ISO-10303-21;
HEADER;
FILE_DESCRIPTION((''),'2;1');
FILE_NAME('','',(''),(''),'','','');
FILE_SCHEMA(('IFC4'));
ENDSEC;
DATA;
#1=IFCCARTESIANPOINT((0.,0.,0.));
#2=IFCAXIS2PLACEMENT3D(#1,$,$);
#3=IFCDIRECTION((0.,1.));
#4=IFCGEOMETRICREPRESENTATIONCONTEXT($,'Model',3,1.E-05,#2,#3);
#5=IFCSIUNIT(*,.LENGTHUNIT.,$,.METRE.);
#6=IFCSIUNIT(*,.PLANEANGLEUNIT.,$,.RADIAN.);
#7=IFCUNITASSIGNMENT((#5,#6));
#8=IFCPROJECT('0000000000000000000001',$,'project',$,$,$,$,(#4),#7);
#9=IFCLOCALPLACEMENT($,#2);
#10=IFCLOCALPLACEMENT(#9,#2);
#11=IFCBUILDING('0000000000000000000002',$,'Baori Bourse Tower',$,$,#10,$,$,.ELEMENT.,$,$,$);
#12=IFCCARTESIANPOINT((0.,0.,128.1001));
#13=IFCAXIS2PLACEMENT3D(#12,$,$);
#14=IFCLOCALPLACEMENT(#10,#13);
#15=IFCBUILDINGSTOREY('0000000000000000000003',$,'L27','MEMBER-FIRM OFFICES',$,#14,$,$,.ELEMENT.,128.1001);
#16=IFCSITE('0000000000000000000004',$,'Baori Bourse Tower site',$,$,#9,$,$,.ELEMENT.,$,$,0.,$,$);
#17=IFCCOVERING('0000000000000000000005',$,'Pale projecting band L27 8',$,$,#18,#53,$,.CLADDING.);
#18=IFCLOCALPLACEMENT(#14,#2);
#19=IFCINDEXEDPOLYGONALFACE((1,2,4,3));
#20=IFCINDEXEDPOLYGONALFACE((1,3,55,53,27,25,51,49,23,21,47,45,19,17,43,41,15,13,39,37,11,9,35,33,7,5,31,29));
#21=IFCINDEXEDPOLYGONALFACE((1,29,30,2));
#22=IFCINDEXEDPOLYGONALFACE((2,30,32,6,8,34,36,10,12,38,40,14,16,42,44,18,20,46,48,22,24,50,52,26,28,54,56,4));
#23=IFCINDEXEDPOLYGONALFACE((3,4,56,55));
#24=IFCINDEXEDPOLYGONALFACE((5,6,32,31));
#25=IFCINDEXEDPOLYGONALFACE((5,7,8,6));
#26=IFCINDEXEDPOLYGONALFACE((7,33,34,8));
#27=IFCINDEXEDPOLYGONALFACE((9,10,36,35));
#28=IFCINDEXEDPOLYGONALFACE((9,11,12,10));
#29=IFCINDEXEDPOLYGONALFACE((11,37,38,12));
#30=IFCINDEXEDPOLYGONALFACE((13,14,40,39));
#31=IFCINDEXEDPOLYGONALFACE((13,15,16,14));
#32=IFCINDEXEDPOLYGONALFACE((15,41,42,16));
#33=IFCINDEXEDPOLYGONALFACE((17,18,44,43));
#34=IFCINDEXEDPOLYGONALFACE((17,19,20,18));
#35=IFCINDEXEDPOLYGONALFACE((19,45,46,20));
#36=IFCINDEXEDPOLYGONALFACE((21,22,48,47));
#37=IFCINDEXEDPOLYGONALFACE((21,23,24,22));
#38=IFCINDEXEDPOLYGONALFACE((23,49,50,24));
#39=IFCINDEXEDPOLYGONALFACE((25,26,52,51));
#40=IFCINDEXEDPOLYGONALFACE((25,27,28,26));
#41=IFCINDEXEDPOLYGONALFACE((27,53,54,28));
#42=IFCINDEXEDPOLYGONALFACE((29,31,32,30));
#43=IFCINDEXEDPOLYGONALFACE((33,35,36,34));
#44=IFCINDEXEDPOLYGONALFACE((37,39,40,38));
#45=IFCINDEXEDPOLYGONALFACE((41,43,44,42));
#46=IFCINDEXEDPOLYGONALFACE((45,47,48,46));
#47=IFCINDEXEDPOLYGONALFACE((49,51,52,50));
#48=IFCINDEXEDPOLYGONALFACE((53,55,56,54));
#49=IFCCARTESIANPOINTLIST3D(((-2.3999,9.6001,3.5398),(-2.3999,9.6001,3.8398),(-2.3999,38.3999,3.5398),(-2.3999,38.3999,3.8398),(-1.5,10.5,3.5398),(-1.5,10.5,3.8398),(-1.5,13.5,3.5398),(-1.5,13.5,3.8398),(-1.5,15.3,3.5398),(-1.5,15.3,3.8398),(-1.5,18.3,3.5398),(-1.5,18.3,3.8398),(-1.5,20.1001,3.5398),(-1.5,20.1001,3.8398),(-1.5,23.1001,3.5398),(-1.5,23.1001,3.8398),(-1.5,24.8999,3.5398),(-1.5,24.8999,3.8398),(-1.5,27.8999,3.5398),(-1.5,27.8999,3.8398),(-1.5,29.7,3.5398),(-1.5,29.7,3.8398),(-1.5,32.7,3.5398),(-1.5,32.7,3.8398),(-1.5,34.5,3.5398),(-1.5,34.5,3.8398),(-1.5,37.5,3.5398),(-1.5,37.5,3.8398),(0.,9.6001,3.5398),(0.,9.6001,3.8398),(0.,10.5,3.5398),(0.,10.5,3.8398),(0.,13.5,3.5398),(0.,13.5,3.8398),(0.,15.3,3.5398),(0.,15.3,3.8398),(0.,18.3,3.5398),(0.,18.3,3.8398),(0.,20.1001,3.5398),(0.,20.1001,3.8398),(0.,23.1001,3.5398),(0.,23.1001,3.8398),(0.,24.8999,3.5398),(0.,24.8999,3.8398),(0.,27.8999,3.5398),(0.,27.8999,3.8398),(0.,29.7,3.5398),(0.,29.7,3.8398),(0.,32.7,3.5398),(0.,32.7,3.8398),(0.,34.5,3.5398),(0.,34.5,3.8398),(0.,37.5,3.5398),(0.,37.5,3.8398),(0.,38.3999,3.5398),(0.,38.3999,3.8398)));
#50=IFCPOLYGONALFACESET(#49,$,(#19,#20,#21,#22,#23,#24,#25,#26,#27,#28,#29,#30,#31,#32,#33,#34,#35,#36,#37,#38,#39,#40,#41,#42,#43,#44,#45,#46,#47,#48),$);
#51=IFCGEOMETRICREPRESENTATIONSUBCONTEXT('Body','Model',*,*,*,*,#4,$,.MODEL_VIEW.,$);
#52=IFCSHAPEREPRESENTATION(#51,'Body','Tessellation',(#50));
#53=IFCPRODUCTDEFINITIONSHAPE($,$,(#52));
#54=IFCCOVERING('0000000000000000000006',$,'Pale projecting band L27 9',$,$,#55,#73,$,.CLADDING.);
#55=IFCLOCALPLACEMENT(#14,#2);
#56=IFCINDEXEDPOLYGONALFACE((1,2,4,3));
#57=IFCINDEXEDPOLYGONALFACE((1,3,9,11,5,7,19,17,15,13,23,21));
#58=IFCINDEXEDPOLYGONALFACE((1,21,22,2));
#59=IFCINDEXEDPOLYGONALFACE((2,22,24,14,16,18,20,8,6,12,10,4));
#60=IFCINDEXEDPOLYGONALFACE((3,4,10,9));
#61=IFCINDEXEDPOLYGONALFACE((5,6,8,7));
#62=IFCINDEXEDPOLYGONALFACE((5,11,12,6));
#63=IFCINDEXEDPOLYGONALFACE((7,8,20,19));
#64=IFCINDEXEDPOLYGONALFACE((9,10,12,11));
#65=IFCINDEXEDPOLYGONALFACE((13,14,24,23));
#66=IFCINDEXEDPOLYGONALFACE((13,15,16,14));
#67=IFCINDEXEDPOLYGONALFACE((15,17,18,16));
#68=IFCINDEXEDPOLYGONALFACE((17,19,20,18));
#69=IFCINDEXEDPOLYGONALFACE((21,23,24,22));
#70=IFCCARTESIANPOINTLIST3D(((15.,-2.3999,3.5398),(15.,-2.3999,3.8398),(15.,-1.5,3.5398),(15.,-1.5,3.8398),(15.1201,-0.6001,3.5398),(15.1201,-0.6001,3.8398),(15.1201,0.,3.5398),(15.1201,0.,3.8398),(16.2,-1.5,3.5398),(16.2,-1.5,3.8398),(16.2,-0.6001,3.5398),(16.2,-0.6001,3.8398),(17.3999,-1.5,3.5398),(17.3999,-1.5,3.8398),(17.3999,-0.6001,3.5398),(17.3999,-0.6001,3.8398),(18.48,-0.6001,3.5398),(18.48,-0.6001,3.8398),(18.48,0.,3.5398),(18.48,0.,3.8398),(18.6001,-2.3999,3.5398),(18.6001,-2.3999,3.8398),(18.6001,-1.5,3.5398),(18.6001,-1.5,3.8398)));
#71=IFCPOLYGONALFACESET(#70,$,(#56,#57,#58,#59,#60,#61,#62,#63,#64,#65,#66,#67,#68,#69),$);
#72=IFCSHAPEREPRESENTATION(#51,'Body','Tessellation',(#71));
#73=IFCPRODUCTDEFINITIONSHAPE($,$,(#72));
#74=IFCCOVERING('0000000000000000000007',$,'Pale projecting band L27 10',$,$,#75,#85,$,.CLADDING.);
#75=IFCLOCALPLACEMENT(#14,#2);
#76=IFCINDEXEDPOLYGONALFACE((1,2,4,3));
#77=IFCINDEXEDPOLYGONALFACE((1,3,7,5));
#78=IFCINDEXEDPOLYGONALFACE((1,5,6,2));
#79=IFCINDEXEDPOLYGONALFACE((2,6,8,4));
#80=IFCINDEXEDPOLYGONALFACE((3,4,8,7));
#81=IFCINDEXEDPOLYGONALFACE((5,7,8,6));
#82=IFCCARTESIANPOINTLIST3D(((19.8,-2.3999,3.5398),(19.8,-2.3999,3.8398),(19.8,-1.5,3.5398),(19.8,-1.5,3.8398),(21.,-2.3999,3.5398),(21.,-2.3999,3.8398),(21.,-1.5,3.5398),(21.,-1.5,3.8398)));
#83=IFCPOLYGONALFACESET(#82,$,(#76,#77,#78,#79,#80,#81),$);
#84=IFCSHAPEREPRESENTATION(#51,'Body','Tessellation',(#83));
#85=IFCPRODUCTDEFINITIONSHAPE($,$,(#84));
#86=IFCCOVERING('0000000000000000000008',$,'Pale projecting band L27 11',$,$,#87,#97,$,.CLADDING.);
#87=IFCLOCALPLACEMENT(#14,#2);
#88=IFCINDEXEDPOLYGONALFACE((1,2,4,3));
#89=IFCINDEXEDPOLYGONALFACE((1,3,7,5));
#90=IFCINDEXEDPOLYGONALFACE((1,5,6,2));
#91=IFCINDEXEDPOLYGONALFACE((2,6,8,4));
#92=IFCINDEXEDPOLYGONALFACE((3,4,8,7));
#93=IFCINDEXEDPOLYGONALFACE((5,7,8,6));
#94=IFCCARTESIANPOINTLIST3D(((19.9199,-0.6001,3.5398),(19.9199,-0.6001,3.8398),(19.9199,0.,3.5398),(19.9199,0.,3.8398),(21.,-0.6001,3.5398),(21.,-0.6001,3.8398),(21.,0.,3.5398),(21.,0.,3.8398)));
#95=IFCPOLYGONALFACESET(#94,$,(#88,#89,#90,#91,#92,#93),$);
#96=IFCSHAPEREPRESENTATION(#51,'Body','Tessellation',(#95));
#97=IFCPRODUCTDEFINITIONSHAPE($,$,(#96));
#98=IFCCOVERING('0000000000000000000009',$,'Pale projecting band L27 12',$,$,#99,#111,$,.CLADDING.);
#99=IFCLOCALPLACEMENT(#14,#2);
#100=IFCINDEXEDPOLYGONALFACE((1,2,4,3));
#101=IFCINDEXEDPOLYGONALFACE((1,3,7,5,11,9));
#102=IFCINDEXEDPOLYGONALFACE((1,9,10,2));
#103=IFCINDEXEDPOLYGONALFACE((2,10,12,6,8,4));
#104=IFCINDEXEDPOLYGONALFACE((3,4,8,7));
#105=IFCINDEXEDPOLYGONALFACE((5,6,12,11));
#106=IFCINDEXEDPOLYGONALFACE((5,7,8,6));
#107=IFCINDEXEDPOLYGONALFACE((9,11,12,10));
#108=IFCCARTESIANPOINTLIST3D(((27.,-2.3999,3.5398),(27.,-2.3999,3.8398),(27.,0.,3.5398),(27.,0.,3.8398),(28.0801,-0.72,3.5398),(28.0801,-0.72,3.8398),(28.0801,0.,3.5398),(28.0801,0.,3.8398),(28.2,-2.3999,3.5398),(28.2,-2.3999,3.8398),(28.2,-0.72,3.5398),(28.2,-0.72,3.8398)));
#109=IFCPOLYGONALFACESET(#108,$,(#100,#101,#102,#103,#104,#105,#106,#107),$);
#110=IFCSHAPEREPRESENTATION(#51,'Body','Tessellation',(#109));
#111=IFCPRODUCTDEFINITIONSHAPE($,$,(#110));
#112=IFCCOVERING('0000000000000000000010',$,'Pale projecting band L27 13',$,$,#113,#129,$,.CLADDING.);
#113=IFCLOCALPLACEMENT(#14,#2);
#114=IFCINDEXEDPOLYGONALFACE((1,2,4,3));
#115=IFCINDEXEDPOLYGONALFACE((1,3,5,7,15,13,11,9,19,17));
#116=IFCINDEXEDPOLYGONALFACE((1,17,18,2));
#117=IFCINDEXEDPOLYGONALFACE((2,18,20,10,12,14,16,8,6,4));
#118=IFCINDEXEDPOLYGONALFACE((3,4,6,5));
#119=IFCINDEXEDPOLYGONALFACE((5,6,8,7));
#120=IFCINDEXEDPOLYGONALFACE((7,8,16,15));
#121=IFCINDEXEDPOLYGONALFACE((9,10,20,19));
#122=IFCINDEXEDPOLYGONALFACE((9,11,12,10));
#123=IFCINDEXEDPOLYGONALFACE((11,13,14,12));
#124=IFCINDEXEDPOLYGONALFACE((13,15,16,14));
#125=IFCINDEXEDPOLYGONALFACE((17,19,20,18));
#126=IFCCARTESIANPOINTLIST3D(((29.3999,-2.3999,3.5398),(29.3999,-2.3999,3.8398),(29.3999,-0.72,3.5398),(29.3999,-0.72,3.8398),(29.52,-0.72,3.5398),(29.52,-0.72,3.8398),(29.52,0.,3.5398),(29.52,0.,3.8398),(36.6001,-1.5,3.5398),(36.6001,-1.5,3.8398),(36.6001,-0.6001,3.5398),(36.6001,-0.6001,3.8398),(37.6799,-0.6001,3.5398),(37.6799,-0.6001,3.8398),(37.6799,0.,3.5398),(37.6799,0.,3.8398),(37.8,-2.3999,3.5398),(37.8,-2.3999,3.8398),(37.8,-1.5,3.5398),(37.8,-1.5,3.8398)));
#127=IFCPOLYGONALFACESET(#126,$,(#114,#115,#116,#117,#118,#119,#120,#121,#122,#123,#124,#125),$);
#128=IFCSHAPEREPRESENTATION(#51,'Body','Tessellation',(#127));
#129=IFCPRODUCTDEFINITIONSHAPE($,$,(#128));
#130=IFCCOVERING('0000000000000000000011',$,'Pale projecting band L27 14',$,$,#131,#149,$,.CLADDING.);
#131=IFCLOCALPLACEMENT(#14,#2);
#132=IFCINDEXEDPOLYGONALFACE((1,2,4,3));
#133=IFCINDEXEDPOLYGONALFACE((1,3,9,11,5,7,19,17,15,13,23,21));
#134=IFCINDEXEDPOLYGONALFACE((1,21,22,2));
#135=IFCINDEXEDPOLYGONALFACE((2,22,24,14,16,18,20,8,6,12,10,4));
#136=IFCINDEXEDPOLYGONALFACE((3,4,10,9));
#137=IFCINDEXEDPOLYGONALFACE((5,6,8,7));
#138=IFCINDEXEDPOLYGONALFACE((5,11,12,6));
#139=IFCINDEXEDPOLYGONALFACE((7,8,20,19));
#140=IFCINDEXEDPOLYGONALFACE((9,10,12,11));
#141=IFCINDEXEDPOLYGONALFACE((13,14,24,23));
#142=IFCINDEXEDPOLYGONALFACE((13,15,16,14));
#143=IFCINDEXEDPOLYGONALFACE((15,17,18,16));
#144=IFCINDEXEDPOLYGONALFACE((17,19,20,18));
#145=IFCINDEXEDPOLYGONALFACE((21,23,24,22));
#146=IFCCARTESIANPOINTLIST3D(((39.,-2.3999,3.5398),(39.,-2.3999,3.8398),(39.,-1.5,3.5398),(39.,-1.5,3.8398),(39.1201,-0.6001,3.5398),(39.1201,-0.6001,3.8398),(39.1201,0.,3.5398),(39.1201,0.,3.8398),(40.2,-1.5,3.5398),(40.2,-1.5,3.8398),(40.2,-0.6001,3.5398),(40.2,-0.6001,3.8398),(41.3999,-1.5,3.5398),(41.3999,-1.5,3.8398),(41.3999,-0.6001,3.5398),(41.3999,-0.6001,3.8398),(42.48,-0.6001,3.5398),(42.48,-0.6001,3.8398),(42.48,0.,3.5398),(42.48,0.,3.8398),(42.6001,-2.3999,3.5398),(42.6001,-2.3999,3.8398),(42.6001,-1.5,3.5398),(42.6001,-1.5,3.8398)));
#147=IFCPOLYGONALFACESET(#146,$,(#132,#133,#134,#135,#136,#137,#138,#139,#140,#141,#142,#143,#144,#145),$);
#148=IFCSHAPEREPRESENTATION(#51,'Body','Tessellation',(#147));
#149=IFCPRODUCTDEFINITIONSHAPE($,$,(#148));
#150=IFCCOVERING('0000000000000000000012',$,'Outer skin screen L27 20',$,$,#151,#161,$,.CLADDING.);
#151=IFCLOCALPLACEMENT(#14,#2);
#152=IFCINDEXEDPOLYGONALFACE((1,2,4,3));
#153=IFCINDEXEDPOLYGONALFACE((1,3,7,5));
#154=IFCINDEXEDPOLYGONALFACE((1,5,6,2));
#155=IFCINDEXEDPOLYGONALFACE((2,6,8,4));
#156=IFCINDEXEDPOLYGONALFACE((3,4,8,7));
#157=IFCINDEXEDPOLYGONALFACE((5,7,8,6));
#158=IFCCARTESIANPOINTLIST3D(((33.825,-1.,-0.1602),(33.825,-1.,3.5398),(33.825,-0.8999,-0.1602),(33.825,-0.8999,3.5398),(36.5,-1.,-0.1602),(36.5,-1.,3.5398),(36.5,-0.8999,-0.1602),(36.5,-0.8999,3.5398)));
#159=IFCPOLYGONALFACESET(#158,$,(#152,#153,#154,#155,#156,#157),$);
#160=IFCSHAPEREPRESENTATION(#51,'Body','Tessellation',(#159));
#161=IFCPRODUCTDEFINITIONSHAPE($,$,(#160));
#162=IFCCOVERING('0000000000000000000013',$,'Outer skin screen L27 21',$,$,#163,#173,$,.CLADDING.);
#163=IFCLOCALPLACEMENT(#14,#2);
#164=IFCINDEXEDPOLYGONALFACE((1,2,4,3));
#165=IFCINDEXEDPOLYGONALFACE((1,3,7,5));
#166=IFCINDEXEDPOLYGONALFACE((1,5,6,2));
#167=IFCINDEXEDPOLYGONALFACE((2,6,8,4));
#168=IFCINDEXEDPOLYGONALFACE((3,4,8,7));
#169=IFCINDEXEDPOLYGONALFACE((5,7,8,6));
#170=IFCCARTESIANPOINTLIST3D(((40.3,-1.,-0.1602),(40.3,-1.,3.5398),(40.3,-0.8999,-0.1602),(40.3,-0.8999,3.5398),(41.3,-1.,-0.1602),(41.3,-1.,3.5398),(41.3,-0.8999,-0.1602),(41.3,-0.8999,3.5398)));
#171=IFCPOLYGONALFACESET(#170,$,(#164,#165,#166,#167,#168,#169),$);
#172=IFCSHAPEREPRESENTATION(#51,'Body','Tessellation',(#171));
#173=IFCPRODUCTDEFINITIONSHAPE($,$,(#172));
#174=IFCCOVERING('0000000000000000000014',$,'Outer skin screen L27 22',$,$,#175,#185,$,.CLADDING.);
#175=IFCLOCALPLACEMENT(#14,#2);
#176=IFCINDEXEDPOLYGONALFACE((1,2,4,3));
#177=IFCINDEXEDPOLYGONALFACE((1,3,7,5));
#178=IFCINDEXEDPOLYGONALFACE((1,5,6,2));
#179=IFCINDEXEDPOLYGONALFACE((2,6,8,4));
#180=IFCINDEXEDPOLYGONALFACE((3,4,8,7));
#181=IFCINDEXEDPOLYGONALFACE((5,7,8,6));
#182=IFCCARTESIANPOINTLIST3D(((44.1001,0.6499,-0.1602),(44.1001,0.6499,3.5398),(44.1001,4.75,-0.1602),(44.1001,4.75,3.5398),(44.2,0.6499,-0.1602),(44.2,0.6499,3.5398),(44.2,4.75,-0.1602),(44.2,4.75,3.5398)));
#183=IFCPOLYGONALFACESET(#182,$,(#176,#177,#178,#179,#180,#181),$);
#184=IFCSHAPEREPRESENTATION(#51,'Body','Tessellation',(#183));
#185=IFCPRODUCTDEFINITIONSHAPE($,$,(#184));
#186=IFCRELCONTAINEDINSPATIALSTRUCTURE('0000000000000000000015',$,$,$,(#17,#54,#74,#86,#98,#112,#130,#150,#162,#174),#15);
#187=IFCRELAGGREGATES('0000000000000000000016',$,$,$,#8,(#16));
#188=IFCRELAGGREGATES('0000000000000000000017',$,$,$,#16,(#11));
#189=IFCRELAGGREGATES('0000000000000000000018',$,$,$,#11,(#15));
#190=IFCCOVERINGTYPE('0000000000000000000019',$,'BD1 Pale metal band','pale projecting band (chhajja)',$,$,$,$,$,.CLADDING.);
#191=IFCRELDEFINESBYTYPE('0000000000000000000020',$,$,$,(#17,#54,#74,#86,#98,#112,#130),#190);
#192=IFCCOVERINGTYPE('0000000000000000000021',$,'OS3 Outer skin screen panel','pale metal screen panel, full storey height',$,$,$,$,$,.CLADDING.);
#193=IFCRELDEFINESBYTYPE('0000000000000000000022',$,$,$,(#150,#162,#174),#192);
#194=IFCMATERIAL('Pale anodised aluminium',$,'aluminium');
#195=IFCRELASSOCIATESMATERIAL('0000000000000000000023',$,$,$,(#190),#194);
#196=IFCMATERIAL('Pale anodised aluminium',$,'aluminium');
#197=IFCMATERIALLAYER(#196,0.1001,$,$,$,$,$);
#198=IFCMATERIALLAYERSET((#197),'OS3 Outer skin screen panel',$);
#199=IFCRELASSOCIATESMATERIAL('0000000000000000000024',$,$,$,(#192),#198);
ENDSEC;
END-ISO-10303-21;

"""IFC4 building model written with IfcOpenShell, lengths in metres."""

from ifc_helpers import new_model, si_unit, direction, frame, origin, place, context, subcontext, project, spatial, polyline, outline, extrude, material, layer, layer_set, type_object, element, save


model = new_model("IFC4")

# Units and contexts
model_context = context("Model", 3, precision=1e-05, world=origin(), true_north=direction((0.0, 1.0)))
body_context = subcontext(model_context, "Body", "Model", "MODEL_VIEW")
ifc_project = project(units=[si_unit("LENGTHUNIT", "METRE"), si_unit("PLANEANGLEUNIT", "RADIAN")], contexts=[model_context])

# Site, building, storey
site_placement = place(None, origin())
site = spatial("IfcSite", under=ifc_project, at=site_placement, Name="Baori Bourse Tower site", CompositionType="ELEMENT", RefElevation=0.0)
building_placement = place(site_placement, origin())
building = spatial("IfcBuilding", under=site, at=building_placement, Name="Baori Bourse Tower", CompositionType="ELEMENT")
storey_placement = place(building_placement, frame((0.0, 0.0, 128.1001)))
storey = spatial("IfcBuildingStorey", under=building, at=storey_placement, Name="L27", Description="MEMBER-FIRM OFFICES", CompositionType="ELEMENT", Elevation=128.1001)

# Coverings
ifc_material_1 = material(Name="Pale anodised aluminium", Category="aluminium")
covering_type_1 = type_object("IfcCoveringType", Name="BD1 Pale metal band", Description="pale projecting band (chhajja)", PredefinedType="CLADDING", material=ifc_material_1)
covering_1_placement = place(storey_placement, frame((0.0, 0.0, 3.5398)))
element("IfcCovering", 1, at=covering_1_placement, inside=storey, type_object=covering_type_1, Name="Pale projecting band L27 8", PredefinedType="CLADDING", context=body_context, shape_type="SweptSolid", body=[
    extrude(outline(polyline([(0.0, 37.5), (0.0, 38.3999), (-2.3999, 38.3999), (-2.3999, 9.6001), (0.0, 9.6001), (0.0, 10.5), (-1.5, 10.5), (-1.5, 13.5), (0.0, 13.5), (0.0, 15.3), (-1.5, 15.3), (-1.5, 18.3), (0.0, 18.3), (0.0, 20.1001), (-1.5, 20.1001), (-1.5, 23.1001), (0.0, 23.1001), (0.0, 24.8999), (-1.5, 24.8999), (-1.5, 27.8999), (0.0, 27.8999), (0.0, 29.7), (-1.5, 29.7), (-1.5, 32.7), (0.0, 32.7), (0.0, 34.5), (-1.5, 34.5), (-1.5, 37.5), (0.0, 37.5)])), origin(), (0.0, 0.0, 1.0), 0.3),
])
covering_2_placement = place(storey_placement, frame((0.0, 0.0, 3.5398)))
element("IfcCovering", 2, at=covering_2_placement, inside=storey, type_object=covering_type_1, Name="Pale projecting band L27 9", PredefinedType="CLADDING", context=body_context, shape_type="SweptSolid", body=[
    extrude(outline(polyline([(18.48, 0.0), (15.1201, 0.0), (15.1201, -0.6001), (16.2, -0.6001), (16.2, -1.5), (15.0, -1.5), (15.0, -2.3999), (18.6001, -2.3999), (18.6001, -1.5), (17.3999, -1.5), (17.3999, -0.6001), (18.48, -0.6001), (18.48, 0.0)])), origin(), (0.0, 0.0, 1.0), 0.3),
])
covering_3_placement = place(storey_placement, frame((0.0, 0.0, 3.5398)))
element("IfcCovering", 3, at=covering_3_placement, inside=storey, type_object=covering_type_1, Name="Pale projecting band L27 10", PredefinedType="CLADDING", context=body_context, shape_type="SweptSolid", body=[
    extrude(outline(polyline([(19.8, -2.3999), (21.0, -2.3999), (21.0, -1.5), (19.8, -1.5), (19.8, -2.3999)])), origin(), (0.0, 0.0, 1.0), 0.3),
])
covering_4_placement = place(storey_placement, frame((0.0, 0.0, 3.5398)))
element("IfcCovering", 4, at=covering_4_placement, inside=storey, type_object=covering_type_1, Name="Pale projecting band L27 11", PredefinedType="CLADDING", context=body_context, shape_type="SweptSolid", body=[
    extrude(outline(polyline([(21.0, 0.0), (19.9199, 0.0), (19.9199, -0.6001), (21.0, -0.6001), (21.0, 0.0)])), origin(), (0.0, 0.0, 1.0), 0.3),
])
covering_5_placement = place(storey_placement, frame((0.0, 0.0, 3.5398)))
element("IfcCovering", 5, at=covering_5_placement, inside=storey, type_object=covering_type_1, Name="Pale projecting band L27 12", PredefinedType="CLADDING", context=body_context, shape_type="SweptSolid", body=[
    extrude(outline(polyline([(28.0801, 0.0), (27.0, 0.0), (27.0, -2.3999), (28.2, -2.3999), (28.2, -0.72), (28.0801, -0.72), (28.0801, 0.0)])), origin(), (0.0, 0.0, 1.0), 0.3),
])
covering_6_placement = place(storey_placement, frame((0.0, 0.0, 3.5398)))
element("IfcCovering", 6, at=covering_6_placement, inside=storey, type_object=covering_type_1, Name="Pale projecting band L27 13", PredefinedType="CLADDING", context=body_context, shape_type="SweptSolid", body=[
    extrude(outline(polyline([(37.6799, 0.0), (29.52, 0.0), (29.52, -0.72), (29.3999, -0.72), (29.3999, -2.3999), (37.8, -2.3999), (37.8, -1.5), (36.6001, -1.5), (36.6001, -0.6001), (37.6799, -0.6001), (37.6799, 0.0)])), origin(), (0.0, 0.0, 1.0), 0.3),
])
covering_7_placement = place(storey_placement, frame((0.0, 0.0, 3.5398)))
element("IfcCovering", 7, at=covering_7_placement, inside=storey, type_object=covering_type_1, Name="Pale projecting band L27 14", PredefinedType="CLADDING", context=body_context, shape_type="SweptSolid", body=[
    extrude(outline(polyline([(42.48, 0.0), (39.1201, 0.0), (39.1201, -0.6001), (40.2, -0.6001), (40.2, -1.5), (39.0, -1.5), (39.0, -2.3999), (42.6001, -2.3999), (42.6001, -1.5), (41.3999, -1.5), (41.3999, -0.6001), (42.48, -0.6001), (42.48, 0.0)])), origin(), (0.0, 0.0, 1.0), 0.3),
])
ifc_material_2 = material(Name="Pale anodised aluminium", Category="aluminium")
ifc_layer = layer(ifc_material_2, 0.1001)
ifc_layer_set = layer_set([ifc_layer], Name="OS3 Outer skin screen panel")
covering_type_2 = type_object("IfcCoveringType", Name="OS3 Outer skin screen panel", Description="pale metal screen panel, full storey height", PredefinedType="CLADDING", material=ifc_layer_set)
covering_8_placement = place(storey_placement, frame((0.0, 0.0, -0.1602)))
element("IfcCovering", 8, at=covering_8_placement, inside=storey, type_object=covering_type_2, Name="Outer skin screen L27 20", PredefinedType="CLADDING", context=body_context, shape_type="SweptSolid", body=[
    extrude(outline(polyline([(36.5, -0.8999), (33.825, -0.8999), (33.825, -1.0), (36.5, -1.0), (36.5, -0.8999)])), origin(), (0.0, 0.0, 1.0), 3.7),
])
covering_9_placement = place(storey_placement, frame((0.0, 0.0, -0.1602)))
element("IfcCovering", 9, at=covering_9_placement, inside=storey, type_object=covering_type_2, Name="Outer skin screen L27 21", PredefinedType="CLADDING", context=body_context, shape_type="SweptSolid", body=[
    extrude(outline(polyline([(41.3, -0.8999), (40.3, -0.8999), (40.3, -1.0), (41.3, -1.0), (41.3, -0.8999)])), origin(), (0.0, 0.0, 1.0), 3.7),
])
covering_10_placement = place(storey_placement, frame((0.0, 0.0, -0.1602)))
element("IfcCovering", 10, at=covering_10_placement, inside=storey, type_object=covering_type_2, Name="Outer skin screen L27 22", PredefinedType="CLADDING", context=body_context, shape_type="SweptSolid", body=[
    extrude(outline(polyline([(44.1001, 4.75), (44.1001, 0.6499), (44.2, 0.6499), (44.2, 4.75), (44.1001, 4.75)])), origin(), (0.0, 0.0, 1.0), 3.7),
])

save(model, "model.ifc")
